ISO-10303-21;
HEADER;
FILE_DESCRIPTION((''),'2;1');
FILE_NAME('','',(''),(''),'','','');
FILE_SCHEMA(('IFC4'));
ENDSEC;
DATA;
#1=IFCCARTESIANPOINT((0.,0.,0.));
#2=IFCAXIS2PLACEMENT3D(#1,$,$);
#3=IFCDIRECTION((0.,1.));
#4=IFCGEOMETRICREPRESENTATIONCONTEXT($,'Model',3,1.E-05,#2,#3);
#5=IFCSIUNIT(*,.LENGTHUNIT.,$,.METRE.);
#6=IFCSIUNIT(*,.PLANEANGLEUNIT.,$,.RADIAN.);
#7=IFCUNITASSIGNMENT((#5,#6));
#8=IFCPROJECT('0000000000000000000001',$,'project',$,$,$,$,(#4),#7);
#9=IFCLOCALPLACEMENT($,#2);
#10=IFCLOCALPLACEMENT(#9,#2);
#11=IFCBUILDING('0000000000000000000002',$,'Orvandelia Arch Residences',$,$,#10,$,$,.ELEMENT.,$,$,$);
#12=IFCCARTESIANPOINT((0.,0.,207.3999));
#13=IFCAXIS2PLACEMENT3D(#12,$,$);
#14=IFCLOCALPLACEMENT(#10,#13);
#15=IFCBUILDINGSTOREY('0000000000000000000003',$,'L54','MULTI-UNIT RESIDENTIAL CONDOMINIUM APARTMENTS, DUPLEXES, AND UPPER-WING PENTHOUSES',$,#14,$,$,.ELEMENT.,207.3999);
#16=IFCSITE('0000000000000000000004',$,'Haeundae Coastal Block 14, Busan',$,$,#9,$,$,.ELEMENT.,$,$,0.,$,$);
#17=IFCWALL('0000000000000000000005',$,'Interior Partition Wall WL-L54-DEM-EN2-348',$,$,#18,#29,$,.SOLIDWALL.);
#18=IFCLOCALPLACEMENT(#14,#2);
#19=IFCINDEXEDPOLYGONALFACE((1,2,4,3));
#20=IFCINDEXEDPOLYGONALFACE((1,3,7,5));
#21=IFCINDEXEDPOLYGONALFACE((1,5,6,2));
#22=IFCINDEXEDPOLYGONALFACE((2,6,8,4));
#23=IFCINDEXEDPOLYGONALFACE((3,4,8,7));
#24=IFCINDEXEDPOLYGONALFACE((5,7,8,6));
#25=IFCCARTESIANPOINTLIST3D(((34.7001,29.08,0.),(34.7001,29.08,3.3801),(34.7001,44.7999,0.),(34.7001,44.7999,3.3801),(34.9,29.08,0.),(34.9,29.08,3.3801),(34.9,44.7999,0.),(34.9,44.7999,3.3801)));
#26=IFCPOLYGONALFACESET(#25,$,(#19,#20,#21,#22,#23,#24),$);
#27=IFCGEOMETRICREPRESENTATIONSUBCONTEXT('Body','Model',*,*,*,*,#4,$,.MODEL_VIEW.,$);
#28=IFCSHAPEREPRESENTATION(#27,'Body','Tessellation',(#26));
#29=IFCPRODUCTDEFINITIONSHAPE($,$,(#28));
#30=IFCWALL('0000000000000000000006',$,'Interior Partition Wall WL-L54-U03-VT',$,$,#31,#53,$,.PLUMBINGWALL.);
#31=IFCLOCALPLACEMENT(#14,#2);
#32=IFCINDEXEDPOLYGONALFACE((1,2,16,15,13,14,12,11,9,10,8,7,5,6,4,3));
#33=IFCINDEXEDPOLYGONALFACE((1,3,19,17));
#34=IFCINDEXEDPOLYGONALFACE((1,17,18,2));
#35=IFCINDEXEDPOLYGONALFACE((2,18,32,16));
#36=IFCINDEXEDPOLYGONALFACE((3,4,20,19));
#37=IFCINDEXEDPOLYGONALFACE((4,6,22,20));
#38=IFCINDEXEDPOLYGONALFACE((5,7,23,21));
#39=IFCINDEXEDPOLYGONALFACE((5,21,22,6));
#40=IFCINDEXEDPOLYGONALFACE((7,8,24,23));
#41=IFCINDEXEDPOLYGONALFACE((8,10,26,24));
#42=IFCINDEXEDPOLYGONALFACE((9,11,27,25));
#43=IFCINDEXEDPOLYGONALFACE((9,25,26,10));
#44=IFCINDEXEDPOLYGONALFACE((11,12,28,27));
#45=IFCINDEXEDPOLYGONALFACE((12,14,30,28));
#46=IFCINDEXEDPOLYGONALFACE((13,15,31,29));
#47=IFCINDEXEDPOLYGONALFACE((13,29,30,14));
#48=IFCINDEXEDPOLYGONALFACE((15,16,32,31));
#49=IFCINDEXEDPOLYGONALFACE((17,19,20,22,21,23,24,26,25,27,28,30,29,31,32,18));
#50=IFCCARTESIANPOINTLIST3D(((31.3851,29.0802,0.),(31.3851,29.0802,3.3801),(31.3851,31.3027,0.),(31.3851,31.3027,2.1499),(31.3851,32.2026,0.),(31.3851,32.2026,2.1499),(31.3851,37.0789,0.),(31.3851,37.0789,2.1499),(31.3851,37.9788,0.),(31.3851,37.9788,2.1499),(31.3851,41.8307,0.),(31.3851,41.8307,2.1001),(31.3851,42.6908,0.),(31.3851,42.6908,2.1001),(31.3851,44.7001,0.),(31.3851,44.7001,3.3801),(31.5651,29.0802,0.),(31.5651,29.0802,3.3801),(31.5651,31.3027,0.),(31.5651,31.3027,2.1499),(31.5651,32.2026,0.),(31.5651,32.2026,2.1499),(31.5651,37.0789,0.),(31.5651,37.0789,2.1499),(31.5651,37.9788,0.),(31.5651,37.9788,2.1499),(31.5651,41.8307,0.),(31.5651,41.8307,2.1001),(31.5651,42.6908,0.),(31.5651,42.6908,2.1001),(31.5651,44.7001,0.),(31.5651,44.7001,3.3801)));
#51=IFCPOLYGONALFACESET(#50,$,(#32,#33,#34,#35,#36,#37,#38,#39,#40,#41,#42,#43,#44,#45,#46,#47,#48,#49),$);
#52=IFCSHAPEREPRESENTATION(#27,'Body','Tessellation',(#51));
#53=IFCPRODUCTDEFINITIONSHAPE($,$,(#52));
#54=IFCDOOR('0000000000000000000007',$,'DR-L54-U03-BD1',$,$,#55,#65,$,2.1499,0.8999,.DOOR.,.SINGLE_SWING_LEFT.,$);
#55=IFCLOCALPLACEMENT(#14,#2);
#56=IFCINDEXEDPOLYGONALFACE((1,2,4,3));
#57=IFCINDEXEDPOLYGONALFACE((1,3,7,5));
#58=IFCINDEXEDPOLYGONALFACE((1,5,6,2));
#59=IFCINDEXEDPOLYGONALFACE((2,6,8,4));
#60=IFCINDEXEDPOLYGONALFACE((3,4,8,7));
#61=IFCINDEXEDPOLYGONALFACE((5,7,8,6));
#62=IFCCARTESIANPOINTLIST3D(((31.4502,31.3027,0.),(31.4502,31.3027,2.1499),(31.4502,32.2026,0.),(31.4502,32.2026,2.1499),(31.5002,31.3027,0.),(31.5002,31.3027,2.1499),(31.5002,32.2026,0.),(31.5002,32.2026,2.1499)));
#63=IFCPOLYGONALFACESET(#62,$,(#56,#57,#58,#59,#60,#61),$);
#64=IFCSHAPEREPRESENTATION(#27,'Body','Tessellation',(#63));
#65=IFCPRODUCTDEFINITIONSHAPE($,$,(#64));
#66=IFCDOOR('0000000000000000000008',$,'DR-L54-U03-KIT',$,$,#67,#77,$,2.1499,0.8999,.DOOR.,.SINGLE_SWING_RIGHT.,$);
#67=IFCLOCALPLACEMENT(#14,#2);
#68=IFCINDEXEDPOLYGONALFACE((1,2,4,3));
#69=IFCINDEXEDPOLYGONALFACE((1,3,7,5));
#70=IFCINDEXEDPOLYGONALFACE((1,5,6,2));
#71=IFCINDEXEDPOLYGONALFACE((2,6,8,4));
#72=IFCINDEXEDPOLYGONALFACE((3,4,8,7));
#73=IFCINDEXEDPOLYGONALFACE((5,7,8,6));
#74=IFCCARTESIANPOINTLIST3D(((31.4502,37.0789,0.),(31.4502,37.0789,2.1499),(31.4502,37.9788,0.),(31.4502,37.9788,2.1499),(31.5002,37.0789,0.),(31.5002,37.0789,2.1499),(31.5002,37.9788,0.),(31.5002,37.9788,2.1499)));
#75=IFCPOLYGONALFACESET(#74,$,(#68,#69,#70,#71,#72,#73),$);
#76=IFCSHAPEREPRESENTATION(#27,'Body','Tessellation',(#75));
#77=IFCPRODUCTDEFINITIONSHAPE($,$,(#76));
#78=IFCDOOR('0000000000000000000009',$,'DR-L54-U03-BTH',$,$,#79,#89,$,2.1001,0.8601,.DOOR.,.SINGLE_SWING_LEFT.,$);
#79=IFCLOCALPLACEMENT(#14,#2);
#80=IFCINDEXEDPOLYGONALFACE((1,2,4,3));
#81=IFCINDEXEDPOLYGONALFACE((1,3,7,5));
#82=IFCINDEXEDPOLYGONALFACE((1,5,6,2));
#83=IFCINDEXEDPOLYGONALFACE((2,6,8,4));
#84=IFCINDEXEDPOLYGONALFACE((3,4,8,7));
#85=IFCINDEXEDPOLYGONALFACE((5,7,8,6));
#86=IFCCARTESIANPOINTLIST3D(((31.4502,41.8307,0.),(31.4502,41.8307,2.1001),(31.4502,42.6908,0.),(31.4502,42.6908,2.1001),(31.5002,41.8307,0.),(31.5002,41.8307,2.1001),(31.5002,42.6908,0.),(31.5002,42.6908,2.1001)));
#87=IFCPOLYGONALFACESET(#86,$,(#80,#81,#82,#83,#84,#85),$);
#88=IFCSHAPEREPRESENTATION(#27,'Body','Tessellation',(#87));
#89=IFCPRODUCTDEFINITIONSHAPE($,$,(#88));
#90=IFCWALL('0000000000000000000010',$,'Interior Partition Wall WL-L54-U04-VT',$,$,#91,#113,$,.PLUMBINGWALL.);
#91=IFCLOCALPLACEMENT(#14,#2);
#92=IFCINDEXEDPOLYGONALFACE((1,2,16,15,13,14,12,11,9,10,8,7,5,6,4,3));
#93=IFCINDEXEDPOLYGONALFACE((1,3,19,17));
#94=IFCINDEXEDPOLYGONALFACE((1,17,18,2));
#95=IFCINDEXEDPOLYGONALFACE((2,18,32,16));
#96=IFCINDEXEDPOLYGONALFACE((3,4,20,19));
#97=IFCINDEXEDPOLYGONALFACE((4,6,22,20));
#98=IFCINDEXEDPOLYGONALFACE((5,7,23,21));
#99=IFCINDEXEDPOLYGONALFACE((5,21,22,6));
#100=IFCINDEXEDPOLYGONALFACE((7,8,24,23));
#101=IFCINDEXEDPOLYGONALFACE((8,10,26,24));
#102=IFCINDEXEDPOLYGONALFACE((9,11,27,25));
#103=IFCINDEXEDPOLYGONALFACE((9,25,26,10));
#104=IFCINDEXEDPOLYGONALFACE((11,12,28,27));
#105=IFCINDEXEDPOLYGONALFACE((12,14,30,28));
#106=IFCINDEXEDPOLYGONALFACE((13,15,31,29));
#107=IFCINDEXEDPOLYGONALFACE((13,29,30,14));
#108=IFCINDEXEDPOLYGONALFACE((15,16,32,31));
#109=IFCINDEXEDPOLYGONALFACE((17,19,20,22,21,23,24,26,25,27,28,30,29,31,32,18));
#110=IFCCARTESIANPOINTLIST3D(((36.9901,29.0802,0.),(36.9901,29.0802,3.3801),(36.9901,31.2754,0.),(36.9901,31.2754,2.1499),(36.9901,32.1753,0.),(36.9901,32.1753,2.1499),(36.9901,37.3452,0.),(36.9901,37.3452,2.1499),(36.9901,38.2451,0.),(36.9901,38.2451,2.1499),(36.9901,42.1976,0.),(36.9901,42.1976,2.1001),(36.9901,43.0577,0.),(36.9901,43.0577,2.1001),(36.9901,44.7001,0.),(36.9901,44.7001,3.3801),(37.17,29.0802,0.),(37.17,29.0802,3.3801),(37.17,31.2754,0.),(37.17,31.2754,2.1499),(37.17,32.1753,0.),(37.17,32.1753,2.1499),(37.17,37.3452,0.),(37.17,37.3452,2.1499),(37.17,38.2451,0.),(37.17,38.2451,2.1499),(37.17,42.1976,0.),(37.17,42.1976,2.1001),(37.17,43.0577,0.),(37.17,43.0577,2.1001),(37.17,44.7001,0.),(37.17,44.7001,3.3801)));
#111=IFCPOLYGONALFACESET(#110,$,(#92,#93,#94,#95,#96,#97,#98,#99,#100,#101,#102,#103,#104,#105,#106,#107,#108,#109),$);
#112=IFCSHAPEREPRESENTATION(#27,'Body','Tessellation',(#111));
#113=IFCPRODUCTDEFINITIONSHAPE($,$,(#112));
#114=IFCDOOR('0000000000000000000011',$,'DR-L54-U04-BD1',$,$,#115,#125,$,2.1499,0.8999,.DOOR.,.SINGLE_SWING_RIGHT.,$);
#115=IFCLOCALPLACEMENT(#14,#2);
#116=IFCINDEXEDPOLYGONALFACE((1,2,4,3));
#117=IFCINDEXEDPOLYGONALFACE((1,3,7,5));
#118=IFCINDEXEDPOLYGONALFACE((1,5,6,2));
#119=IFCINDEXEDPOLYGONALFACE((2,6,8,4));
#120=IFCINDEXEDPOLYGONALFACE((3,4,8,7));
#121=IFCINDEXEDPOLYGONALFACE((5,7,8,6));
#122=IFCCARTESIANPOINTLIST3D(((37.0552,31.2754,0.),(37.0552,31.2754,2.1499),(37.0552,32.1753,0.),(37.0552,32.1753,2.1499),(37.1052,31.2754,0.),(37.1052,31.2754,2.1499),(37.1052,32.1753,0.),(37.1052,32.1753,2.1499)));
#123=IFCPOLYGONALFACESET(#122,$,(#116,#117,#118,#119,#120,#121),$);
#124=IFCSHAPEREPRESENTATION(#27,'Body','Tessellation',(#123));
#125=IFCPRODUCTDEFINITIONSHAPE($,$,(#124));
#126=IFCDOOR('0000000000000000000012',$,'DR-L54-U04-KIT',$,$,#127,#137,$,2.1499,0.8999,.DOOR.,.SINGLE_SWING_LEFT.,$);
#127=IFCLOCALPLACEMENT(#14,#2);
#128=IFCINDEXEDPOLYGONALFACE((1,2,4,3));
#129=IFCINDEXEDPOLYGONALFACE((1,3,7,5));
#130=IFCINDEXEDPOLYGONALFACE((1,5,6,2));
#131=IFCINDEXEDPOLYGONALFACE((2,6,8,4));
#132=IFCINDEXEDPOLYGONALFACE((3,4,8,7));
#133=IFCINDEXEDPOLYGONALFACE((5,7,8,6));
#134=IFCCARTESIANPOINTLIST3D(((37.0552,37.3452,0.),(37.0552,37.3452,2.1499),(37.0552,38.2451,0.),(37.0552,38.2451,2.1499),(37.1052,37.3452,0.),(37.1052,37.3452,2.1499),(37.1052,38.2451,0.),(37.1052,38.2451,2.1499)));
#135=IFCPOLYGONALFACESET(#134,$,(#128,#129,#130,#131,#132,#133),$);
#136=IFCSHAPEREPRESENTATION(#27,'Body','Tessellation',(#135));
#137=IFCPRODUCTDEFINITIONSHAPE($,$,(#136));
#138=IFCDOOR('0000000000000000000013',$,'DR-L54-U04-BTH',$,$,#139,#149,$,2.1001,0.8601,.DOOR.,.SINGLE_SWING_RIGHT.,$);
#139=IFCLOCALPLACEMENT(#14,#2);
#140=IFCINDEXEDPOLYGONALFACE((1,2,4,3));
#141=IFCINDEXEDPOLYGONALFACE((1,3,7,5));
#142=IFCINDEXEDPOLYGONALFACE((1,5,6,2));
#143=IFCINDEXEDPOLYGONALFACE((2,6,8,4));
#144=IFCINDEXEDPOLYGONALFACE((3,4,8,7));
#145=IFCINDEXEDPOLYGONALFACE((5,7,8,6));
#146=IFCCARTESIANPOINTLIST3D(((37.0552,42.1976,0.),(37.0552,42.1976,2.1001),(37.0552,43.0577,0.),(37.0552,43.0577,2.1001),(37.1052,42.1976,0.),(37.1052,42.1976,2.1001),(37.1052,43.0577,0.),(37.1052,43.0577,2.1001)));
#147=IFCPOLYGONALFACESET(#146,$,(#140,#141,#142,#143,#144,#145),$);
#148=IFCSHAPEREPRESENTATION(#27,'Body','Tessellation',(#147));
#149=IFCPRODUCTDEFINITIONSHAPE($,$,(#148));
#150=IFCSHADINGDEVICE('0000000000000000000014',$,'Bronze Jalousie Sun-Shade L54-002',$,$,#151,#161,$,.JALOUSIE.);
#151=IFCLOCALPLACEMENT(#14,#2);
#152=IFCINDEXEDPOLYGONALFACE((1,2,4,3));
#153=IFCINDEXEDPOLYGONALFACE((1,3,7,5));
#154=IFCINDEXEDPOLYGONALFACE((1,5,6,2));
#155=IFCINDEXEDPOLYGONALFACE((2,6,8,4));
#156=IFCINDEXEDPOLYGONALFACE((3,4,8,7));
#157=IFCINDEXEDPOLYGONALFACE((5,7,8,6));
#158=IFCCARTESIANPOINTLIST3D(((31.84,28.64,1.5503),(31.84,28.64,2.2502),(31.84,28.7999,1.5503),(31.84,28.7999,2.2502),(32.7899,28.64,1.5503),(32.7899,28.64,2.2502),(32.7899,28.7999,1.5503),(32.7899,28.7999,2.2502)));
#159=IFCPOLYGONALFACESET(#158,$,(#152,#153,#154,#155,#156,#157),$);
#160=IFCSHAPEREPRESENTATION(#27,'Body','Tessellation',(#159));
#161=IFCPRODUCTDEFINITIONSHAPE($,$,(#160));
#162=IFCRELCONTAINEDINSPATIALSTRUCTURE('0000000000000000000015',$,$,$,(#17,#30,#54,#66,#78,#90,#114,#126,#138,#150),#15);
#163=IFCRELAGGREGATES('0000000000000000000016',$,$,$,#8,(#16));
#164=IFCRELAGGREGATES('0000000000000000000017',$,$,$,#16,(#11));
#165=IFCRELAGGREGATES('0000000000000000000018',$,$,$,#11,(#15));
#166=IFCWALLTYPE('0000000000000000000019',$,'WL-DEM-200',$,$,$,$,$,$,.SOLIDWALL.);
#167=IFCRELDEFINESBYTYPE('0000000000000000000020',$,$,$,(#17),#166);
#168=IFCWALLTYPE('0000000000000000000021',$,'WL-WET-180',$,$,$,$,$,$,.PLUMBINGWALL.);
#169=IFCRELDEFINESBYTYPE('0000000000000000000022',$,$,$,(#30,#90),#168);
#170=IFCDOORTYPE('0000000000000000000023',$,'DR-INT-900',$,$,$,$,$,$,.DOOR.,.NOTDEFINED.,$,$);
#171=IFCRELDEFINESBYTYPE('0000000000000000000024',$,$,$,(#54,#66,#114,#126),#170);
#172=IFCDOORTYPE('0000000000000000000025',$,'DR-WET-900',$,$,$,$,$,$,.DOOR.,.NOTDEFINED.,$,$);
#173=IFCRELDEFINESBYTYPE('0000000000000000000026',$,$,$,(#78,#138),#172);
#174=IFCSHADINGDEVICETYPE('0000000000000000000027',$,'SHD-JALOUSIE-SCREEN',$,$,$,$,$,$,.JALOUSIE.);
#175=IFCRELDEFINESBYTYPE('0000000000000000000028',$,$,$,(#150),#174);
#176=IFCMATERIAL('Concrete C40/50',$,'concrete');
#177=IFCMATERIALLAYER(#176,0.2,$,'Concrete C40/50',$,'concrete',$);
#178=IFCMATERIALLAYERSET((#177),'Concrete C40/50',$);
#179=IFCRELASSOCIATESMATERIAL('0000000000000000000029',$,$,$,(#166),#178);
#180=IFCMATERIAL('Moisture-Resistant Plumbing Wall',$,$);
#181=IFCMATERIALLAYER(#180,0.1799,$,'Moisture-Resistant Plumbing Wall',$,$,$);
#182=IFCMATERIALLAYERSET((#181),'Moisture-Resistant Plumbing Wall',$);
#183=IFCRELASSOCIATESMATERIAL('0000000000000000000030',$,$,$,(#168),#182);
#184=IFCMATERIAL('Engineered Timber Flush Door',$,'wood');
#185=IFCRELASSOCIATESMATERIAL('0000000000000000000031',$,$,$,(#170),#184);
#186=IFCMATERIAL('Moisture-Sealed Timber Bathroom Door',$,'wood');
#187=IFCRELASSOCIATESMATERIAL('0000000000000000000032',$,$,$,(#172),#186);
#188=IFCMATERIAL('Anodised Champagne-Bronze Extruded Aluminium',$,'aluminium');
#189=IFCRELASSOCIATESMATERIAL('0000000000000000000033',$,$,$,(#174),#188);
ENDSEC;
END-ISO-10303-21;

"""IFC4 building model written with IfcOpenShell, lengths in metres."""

from ifc_helpers import new_model, si_unit, direction, frame, frame_2d, origin, origin_2d, place, context, subcontext, project, spatial, rectangle, extrude, material, layer, layer_set, type_object, element, fill, save


model = new_model("IFC4")

# Units and contexts
model_context = context("Model", 3, precision=1e-05, world=origin(), true_north=direction((0.0, 1.0)))
body_context = subcontext(model_context, "Body", "Model", "MODEL_VIEW")
ifc_project = project(units=[si_unit("LENGTHUNIT", "METRE"), si_unit("PLANEANGLEUNIT", "RADIAN")], contexts=[model_context])

# Site, building, storey
site_placement = place(None, origin())
site = spatial("IfcSite", under=ifc_project, at=site_placement, Name="Haeundae Coastal Block 14, Busan", CompositionType="ELEMENT", RefElevation=0.0)
building_placement = place(site_placement, origin())
building = spatial("IfcBuilding", under=site, at=building_placement, Name="Orvandelia Arch Residences", CompositionType="ELEMENT")
storey_placement = place(building_placement, frame((0.0, 0.0, 207.3999)))
storey = spatial("IfcBuildingStorey", under=building, at=storey_placement, Name="L54", Description="MULTI-UNIT RESIDENTIAL CONDOMINIUM APARTMENTS, DUPLEXES, AND UPPER-WING PENTHOUSES", CompositionType="ELEMENT", Elevation=207.3999)

# Wall
ifc_material_1 = material(Name="Concrete C40/50", Category="concrete")
ifc_layer_1 = layer(ifc_material_1, 0.2, Name="Concrete C40/50", Category="concrete")
ifc_layer_set_1 = layer_set([ifc_layer_1], Name="Concrete C40/50")
wall_type_1 = type_object("IfcWallType", Name="WL-DEM-200", PredefinedType="SOLIDWALL", material=ifc_layer_set_1)
wall_1_placement = place(storey_placement, frame((34.8, 29.0801, 0.0), z_axis=(0.0, 0.0, 1.0), x_axis=(0.0, 1.0, 0.0)))
element("IfcWall", 1, at=wall_1_placement, inside=storey, type_object=wall_type_1, Name="Interior Partition Wall WL-L54-DEM-EN2-348", PredefinedType="SOLIDWALL", context=body_context, shape_type="SweptSolid", body=[
    extrude(rectangle(XDim=15.72, YDim=0.2, at=frame_2d((7.8599, 0.0))), origin(), (0.0, 0.0, 1.0), 3.3801),
])

# Walls, openings, doors
ifc_material_2 = material(Name="Moisture-Resistant Plumbing Wall")
ifc_layer_2 = layer(ifc_material_2, 0.1799, Name="Moisture-Resistant Plumbing Wall")
ifc_layer_set_2 = layer_set([ifc_layer_2], Name="Moisture-Resistant Plumbing Wall")
wall_type_2 = type_object("IfcWallType", Name="WL-WET-180", PredefinedType="PLUMBINGWALL", material=ifc_layer_set_2)
wall_2_placement = place(storey_placement, frame((31.4751, 29.0801, 0.0), z_axis=(0.0, 0.0, 1.0), x_axis=(0.0, 1.0, 0.0)))
wall_2 = element("IfcWall", 2, at=wall_2_placement, inside=storey, type_object=wall_type_2, Name="Interior Partition Wall WL-L54-U03-VT", PredefinedType="PLUMBINGWALL", context=body_context, shape_type="SweptSolid", body=[
    extrude(rectangle(XDim=15.6199, YDim=0.1799, at=frame_2d((7.8101, 0.0))), origin(), (0.0, 0.0, 1.0), 3.3801),
])
opening_1_placement = place(wall_2_placement, frame((2.2227, 0.0, 0.0)))
opening_1 = element("IfcOpeningElement", 3, at=opening_1_placement, cuts=wall_2, PredefinedType="OPENING", context=body_context, shape_type="SweptSolid", body=[
    extrude(rectangle(XDim=0.8999, YDim=2.1499, at=frame_2d((0.45, 1.075))), frame((0.0, 0.1001, 0.0), z_axis=(0.0, -1.0, 0.0), x_axis=(1.0, 0.0, 0.0)), (0.0, 0.0, 1.0), 0.2),
])
opening_2_placement = place(wall_2_placement, frame((7.9988, 0.0, 0.0)))
opening_2 = element("IfcOpeningElement", 4, at=opening_2_placement, cuts=wall_2, PredefinedType="OPENING", context=body_context, shape_type="SweptSolid", body=[
    extrude(rectangle(XDim=0.8999, YDim=2.1499, at=frame_2d((0.45, 1.075))), frame((0.0, 0.1001, 0.0), z_axis=(0.0, -1.0, 0.0), x_axis=(1.0, 0.0, 0.0)), (0.0, 0.0, 1.0), 0.2),
])
opening_3_placement = place(wall_2_placement, frame((12.7505, 0.0, 0.0)))
opening_3 = element("IfcOpeningElement", 5, at=opening_3_placement, cuts=wall_2, PredefinedType="OPENING", context=body_context, shape_type="SweptSolid", body=[
    extrude(rectangle(XDim=0.8601, YDim=2.1001, at=frame_2d((0.4302, 1.05))), frame((0.0, 0.1001, 0.0), z_axis=(0.0, -1.0, 0.0), x_axis=(1.0, 0.0, 0.0)), (0.0, 0.0, 1.0), 0.2),
])
ifc_material_3 = material(Name="Engineered Timber Flush Door", Category="wood")
door_type_1 = type_object("IfcDoorType", Name="DR-INT-900", OperationType="NOTDEFINED", PredefinedType="DOOR", material=ifc_material_3)
door_1_placement = place(opening_1_placement, origin())
door_1 = element("IfcDoor", 6, at=door_1_placement, inside=storey, type_object=door_type_1, Name="DR-L54-U03-BD1", OperationType="SINGLE_SWING_LEFT", OverallHeight=2.1499, OverallWidth=0.8999, PredefinedType="DOOR", context=body_context, shape_type="SweptSolid", body=[
    extrude(rectangle(XDim=0.8999, YDim=2.1499, at=frame_2d((0.45, 1.075))), frame((0.0, 0.0249, 0.0), z_axis=(0.0, -1.0, 0.0), x_axis=(1.0, 0.0, 0.0)), (0.0, 0.0, 1.0), 0.05),
])
fill(opening_1, door_1)
door_2_placement = place(opening_2_placement, origin())
door_2 = element("IfcDoor", 7, at=door_2_placement, inside=storey, type_object=door_type_1, Name="DR-L54-U03-KIT", OperationType="SINGLE_SWING_RIGHT", OverallHeight=2.1499, OverallWidth=0.8999, PredefinedType="DOOR", context=body_context, shape_type="SweptSolid", body=[
    extrude(rectangle(XDim=0.8999, YDim=2.1499, at=frame_2d((0.45, 1.075))), frame((0.0, 0.0249, 0.0), z_axis=(0.0, -1.0, 0.0), x_axis=(1.0, 0.0, 0.0)), (0.0, 0.0, 1.0), 0.05),
])
fill(opening_2, door_2)
ifc_material_4 = material(Name="Moisture-Sealed Timber Bathroom Door", Category="wood")
door_type_2 = type_object("IfcDoorType", Name="DR-WET-900", OperationType="NOTDEFINED", PredefinedType="DOOR", material=ifc_material_4)
door_3_placement = place(opening_3_placement, origin())
door_3 = element("IfcDoor", 8, at=door_3_placement, inside=storey, type_object=door_type_2, Name="DR-L54-U03-BTH", OperationType="SINGLE_SWING_LEFT", OverallHeight=2.1001, OverallWidth=0.8601, PredefinedType="DOOR", context=body_context, shape_type="SweptSolid", body=[
    extrude(rectangle(XDim=0.8601, YDim=2.1001, at=frame_2d((0.4302, 1.05))), frame((0.0, 0.0249, 0.0), z_axis=(0.0, -1.0, 0.0), x_axis=(1.0, 0.0, 0.0)), (0.0, 0.0, 1.0), 0.05),
])
fill(opening_3, door_3)
wall_3_placement = place(storey_placement, frame((37.0801, 29.0801, 0.0), z_axis=(0.0, 0.0, 1.0), x_axis=(0.0, 1.0, 0.0)))
wall_3 = element("IfcWall", 9, at=wall_3_placement, inside=storey, type_object=wall_type_2, Name="Interior Partition Wall WL-L54-U04-VT", PredefinedType="PLUMBINGWALL", context=body_context, shape_type="SweptSolid", body=[
    extrude(rectangle(XDim=15.6199, YDim=0.1799, at=frame_2d((7.8101, 0.0))), origin(), (0.0, 0.0, 1.0), 3.3801),
])
opening_4_placement = place(wall_3_placement, frame((2.1953, 0.0, 0.0)))
opening_4 = element("IfcOpeningElement", 10, at=opening_4_placement, cuts=wall_3, PredefinedType="OPENING", context=body_context, shape_type="SweptSolid", body=[
    extrude(rectangle(XDim=0.8999, YDim=2.1499, at=frame_2d((0.45, 1.075))), frame((0.0, 0.1001, 0.0), z_axis=(0.0, -1.0, 0.0), x_axis=(1.0, 0.0, 0.0)), (0.0, 0.0, 1.0), 0.2),
])
opening_5_placement = place(wall_3_placement, frame((8.2651, 0.0, 0.0)))
opening_5 = element("IfcOpeningElement", 11, at=opening_5_placement, cuts=wall_3, PredefinedType="OPENING", context=body_context, shape_type="SweptSolid", body=[
    extrude(rectangle(XDim=0.8999, YDim=2.1499, at=frame_2d((0.45, 1.075))), frame((0.0, 0.1001, 0.0), z_axis=(0.0, -1.0, 0.0), x_axis=(1.0, 0.0, 0.0)), (0.0, 0.0, 1.0), 0.2),
])
opening_6_placement = place(wall_3_placement, frame((13.1174, 0.0, 0.0)))
opening_6 = element("IfcOpeningElement", 12, at=opening_6_placement, cuts=wall_3, PredefinedType="OPENING", context=body_context, shape_type="SweptSolid", body=[
    extrude(rectangle(XDim=0.8601, YDim=2.1001, at=frame_2d((0.4302, 1.05))), frame((0.0, 0.1001, 0.0), z_axis=(0.0, -1.0, 0.0), x_axis=(1.0, 0.0, 0.0)), (0.0, 0.0, 1.0), 0.2),
])
door_4_placement = place(opening_4_placement, origin())
door_4 = element("IfcDoor", 13, at=door_4_placement, inside=storey, type_object=door_type_1, Name="DR-L54-U04-BD1", OperationType="SINGLE_SWING_RIGHT", OverallHeight=2.1499, OverallWidth=0.8999, PredefinedType="DOOR", context=body_context, shape_type="SweptSolid", body=[
    extrude(rectangle(XDim=0.8999, YDim=2.1499, at=frame_2d((0.45, 1.075))), frame((0.0, 0.0249, 0.0), z_axis=(0.0, -1.0, 0.0), x_axis=(1.0, 0.0, 0.0)), (0.0, 0.0, 1.0), 0.05),
])
fill(opening_4, door_4)
door_5_placement = place(opening_5_placement, origin())
door_5 = element("IfcDoor", 14, at=door_5_placement, inside=storey, type_object=door_type_1, Name="DR-L54-U04-KIT", OperationType="SINGLE_SWING_LEFT", OverallHeight=2.1499, OverallWidth=0.8999, PredefinedType="DOOR", context=body_context, shape_type="SweptSolid", body=[
    extrude(rectangle(XDim=0.8999, YDim=2.1499, at=frame_2d((0.45, 1.075))), frame((0.0, 0.0249, 0.0), z_axis=(0.0, -1.0, 0.0), x_axis=(1.0, 0.0, 0.0)), (0.0, 0.0, 1.0), 0.05),
])
fill(opening_5, door_5)
door_6_placement = place(opening_6_placement, origin())
door_6 = element("IfcDoor", 15, at=door_6_placement, inside=storey, type_object=door_type_2, Name="DR-L54-U04-BTH", OperationType="SINGLE_SWING_RIGHT", OverallHeight=2.1001, OverallWidth=0.8601, PredefinedType="DOOR", context=body_context, shape_type="SweptSolid", body=[
    extrude(rectangle(XDim=0.8601, YDim=2.1001, at=frame_2d((0.4302, 1.05))), frame((0.0, 0.0249, 0.0), z_axis=(0.0, -1.0, 0.0), x_axis=(1.0, 0.0, 0.0)), (0.0, 0.0, 1.0), 0.05),
])
fill(opening_6, door_6)

# Shading device
ifc_material_5 = material(Name="Anodised Champagne-Bronze Extruded Aluminium", Category="aluminium")
shading_device_type = type_object("IfcShadingDeviceType", Name="SHD-JALOUSIE-SCREEN", PredefinedType="JALOUSIE", material=ifc_material_5)
shading_device_1_placement = place(storey_placement, frame((32.3149, 28.72, 1.5503), z_axis=(0.0, 0.0, 1.0), x_axis=(-1.0, 0.0, 0.0)))
element("IfcShadingDevice", 16, at=shading_device_1_placement, inside=storey, type_object=shading_device_type, Name="Bronze Jalousie Sun-Shade L54-002", PredefinedType="JALOUSIE", context=body_context, shape_type="SweptSolid", body=[
    extrude(rectangle(XDim=0.95, YDim=0.1599, at=origin_2d()), origin(), (0.0, 0.0, 1.0), 0.7),
])

save(model, "model.ifc")
